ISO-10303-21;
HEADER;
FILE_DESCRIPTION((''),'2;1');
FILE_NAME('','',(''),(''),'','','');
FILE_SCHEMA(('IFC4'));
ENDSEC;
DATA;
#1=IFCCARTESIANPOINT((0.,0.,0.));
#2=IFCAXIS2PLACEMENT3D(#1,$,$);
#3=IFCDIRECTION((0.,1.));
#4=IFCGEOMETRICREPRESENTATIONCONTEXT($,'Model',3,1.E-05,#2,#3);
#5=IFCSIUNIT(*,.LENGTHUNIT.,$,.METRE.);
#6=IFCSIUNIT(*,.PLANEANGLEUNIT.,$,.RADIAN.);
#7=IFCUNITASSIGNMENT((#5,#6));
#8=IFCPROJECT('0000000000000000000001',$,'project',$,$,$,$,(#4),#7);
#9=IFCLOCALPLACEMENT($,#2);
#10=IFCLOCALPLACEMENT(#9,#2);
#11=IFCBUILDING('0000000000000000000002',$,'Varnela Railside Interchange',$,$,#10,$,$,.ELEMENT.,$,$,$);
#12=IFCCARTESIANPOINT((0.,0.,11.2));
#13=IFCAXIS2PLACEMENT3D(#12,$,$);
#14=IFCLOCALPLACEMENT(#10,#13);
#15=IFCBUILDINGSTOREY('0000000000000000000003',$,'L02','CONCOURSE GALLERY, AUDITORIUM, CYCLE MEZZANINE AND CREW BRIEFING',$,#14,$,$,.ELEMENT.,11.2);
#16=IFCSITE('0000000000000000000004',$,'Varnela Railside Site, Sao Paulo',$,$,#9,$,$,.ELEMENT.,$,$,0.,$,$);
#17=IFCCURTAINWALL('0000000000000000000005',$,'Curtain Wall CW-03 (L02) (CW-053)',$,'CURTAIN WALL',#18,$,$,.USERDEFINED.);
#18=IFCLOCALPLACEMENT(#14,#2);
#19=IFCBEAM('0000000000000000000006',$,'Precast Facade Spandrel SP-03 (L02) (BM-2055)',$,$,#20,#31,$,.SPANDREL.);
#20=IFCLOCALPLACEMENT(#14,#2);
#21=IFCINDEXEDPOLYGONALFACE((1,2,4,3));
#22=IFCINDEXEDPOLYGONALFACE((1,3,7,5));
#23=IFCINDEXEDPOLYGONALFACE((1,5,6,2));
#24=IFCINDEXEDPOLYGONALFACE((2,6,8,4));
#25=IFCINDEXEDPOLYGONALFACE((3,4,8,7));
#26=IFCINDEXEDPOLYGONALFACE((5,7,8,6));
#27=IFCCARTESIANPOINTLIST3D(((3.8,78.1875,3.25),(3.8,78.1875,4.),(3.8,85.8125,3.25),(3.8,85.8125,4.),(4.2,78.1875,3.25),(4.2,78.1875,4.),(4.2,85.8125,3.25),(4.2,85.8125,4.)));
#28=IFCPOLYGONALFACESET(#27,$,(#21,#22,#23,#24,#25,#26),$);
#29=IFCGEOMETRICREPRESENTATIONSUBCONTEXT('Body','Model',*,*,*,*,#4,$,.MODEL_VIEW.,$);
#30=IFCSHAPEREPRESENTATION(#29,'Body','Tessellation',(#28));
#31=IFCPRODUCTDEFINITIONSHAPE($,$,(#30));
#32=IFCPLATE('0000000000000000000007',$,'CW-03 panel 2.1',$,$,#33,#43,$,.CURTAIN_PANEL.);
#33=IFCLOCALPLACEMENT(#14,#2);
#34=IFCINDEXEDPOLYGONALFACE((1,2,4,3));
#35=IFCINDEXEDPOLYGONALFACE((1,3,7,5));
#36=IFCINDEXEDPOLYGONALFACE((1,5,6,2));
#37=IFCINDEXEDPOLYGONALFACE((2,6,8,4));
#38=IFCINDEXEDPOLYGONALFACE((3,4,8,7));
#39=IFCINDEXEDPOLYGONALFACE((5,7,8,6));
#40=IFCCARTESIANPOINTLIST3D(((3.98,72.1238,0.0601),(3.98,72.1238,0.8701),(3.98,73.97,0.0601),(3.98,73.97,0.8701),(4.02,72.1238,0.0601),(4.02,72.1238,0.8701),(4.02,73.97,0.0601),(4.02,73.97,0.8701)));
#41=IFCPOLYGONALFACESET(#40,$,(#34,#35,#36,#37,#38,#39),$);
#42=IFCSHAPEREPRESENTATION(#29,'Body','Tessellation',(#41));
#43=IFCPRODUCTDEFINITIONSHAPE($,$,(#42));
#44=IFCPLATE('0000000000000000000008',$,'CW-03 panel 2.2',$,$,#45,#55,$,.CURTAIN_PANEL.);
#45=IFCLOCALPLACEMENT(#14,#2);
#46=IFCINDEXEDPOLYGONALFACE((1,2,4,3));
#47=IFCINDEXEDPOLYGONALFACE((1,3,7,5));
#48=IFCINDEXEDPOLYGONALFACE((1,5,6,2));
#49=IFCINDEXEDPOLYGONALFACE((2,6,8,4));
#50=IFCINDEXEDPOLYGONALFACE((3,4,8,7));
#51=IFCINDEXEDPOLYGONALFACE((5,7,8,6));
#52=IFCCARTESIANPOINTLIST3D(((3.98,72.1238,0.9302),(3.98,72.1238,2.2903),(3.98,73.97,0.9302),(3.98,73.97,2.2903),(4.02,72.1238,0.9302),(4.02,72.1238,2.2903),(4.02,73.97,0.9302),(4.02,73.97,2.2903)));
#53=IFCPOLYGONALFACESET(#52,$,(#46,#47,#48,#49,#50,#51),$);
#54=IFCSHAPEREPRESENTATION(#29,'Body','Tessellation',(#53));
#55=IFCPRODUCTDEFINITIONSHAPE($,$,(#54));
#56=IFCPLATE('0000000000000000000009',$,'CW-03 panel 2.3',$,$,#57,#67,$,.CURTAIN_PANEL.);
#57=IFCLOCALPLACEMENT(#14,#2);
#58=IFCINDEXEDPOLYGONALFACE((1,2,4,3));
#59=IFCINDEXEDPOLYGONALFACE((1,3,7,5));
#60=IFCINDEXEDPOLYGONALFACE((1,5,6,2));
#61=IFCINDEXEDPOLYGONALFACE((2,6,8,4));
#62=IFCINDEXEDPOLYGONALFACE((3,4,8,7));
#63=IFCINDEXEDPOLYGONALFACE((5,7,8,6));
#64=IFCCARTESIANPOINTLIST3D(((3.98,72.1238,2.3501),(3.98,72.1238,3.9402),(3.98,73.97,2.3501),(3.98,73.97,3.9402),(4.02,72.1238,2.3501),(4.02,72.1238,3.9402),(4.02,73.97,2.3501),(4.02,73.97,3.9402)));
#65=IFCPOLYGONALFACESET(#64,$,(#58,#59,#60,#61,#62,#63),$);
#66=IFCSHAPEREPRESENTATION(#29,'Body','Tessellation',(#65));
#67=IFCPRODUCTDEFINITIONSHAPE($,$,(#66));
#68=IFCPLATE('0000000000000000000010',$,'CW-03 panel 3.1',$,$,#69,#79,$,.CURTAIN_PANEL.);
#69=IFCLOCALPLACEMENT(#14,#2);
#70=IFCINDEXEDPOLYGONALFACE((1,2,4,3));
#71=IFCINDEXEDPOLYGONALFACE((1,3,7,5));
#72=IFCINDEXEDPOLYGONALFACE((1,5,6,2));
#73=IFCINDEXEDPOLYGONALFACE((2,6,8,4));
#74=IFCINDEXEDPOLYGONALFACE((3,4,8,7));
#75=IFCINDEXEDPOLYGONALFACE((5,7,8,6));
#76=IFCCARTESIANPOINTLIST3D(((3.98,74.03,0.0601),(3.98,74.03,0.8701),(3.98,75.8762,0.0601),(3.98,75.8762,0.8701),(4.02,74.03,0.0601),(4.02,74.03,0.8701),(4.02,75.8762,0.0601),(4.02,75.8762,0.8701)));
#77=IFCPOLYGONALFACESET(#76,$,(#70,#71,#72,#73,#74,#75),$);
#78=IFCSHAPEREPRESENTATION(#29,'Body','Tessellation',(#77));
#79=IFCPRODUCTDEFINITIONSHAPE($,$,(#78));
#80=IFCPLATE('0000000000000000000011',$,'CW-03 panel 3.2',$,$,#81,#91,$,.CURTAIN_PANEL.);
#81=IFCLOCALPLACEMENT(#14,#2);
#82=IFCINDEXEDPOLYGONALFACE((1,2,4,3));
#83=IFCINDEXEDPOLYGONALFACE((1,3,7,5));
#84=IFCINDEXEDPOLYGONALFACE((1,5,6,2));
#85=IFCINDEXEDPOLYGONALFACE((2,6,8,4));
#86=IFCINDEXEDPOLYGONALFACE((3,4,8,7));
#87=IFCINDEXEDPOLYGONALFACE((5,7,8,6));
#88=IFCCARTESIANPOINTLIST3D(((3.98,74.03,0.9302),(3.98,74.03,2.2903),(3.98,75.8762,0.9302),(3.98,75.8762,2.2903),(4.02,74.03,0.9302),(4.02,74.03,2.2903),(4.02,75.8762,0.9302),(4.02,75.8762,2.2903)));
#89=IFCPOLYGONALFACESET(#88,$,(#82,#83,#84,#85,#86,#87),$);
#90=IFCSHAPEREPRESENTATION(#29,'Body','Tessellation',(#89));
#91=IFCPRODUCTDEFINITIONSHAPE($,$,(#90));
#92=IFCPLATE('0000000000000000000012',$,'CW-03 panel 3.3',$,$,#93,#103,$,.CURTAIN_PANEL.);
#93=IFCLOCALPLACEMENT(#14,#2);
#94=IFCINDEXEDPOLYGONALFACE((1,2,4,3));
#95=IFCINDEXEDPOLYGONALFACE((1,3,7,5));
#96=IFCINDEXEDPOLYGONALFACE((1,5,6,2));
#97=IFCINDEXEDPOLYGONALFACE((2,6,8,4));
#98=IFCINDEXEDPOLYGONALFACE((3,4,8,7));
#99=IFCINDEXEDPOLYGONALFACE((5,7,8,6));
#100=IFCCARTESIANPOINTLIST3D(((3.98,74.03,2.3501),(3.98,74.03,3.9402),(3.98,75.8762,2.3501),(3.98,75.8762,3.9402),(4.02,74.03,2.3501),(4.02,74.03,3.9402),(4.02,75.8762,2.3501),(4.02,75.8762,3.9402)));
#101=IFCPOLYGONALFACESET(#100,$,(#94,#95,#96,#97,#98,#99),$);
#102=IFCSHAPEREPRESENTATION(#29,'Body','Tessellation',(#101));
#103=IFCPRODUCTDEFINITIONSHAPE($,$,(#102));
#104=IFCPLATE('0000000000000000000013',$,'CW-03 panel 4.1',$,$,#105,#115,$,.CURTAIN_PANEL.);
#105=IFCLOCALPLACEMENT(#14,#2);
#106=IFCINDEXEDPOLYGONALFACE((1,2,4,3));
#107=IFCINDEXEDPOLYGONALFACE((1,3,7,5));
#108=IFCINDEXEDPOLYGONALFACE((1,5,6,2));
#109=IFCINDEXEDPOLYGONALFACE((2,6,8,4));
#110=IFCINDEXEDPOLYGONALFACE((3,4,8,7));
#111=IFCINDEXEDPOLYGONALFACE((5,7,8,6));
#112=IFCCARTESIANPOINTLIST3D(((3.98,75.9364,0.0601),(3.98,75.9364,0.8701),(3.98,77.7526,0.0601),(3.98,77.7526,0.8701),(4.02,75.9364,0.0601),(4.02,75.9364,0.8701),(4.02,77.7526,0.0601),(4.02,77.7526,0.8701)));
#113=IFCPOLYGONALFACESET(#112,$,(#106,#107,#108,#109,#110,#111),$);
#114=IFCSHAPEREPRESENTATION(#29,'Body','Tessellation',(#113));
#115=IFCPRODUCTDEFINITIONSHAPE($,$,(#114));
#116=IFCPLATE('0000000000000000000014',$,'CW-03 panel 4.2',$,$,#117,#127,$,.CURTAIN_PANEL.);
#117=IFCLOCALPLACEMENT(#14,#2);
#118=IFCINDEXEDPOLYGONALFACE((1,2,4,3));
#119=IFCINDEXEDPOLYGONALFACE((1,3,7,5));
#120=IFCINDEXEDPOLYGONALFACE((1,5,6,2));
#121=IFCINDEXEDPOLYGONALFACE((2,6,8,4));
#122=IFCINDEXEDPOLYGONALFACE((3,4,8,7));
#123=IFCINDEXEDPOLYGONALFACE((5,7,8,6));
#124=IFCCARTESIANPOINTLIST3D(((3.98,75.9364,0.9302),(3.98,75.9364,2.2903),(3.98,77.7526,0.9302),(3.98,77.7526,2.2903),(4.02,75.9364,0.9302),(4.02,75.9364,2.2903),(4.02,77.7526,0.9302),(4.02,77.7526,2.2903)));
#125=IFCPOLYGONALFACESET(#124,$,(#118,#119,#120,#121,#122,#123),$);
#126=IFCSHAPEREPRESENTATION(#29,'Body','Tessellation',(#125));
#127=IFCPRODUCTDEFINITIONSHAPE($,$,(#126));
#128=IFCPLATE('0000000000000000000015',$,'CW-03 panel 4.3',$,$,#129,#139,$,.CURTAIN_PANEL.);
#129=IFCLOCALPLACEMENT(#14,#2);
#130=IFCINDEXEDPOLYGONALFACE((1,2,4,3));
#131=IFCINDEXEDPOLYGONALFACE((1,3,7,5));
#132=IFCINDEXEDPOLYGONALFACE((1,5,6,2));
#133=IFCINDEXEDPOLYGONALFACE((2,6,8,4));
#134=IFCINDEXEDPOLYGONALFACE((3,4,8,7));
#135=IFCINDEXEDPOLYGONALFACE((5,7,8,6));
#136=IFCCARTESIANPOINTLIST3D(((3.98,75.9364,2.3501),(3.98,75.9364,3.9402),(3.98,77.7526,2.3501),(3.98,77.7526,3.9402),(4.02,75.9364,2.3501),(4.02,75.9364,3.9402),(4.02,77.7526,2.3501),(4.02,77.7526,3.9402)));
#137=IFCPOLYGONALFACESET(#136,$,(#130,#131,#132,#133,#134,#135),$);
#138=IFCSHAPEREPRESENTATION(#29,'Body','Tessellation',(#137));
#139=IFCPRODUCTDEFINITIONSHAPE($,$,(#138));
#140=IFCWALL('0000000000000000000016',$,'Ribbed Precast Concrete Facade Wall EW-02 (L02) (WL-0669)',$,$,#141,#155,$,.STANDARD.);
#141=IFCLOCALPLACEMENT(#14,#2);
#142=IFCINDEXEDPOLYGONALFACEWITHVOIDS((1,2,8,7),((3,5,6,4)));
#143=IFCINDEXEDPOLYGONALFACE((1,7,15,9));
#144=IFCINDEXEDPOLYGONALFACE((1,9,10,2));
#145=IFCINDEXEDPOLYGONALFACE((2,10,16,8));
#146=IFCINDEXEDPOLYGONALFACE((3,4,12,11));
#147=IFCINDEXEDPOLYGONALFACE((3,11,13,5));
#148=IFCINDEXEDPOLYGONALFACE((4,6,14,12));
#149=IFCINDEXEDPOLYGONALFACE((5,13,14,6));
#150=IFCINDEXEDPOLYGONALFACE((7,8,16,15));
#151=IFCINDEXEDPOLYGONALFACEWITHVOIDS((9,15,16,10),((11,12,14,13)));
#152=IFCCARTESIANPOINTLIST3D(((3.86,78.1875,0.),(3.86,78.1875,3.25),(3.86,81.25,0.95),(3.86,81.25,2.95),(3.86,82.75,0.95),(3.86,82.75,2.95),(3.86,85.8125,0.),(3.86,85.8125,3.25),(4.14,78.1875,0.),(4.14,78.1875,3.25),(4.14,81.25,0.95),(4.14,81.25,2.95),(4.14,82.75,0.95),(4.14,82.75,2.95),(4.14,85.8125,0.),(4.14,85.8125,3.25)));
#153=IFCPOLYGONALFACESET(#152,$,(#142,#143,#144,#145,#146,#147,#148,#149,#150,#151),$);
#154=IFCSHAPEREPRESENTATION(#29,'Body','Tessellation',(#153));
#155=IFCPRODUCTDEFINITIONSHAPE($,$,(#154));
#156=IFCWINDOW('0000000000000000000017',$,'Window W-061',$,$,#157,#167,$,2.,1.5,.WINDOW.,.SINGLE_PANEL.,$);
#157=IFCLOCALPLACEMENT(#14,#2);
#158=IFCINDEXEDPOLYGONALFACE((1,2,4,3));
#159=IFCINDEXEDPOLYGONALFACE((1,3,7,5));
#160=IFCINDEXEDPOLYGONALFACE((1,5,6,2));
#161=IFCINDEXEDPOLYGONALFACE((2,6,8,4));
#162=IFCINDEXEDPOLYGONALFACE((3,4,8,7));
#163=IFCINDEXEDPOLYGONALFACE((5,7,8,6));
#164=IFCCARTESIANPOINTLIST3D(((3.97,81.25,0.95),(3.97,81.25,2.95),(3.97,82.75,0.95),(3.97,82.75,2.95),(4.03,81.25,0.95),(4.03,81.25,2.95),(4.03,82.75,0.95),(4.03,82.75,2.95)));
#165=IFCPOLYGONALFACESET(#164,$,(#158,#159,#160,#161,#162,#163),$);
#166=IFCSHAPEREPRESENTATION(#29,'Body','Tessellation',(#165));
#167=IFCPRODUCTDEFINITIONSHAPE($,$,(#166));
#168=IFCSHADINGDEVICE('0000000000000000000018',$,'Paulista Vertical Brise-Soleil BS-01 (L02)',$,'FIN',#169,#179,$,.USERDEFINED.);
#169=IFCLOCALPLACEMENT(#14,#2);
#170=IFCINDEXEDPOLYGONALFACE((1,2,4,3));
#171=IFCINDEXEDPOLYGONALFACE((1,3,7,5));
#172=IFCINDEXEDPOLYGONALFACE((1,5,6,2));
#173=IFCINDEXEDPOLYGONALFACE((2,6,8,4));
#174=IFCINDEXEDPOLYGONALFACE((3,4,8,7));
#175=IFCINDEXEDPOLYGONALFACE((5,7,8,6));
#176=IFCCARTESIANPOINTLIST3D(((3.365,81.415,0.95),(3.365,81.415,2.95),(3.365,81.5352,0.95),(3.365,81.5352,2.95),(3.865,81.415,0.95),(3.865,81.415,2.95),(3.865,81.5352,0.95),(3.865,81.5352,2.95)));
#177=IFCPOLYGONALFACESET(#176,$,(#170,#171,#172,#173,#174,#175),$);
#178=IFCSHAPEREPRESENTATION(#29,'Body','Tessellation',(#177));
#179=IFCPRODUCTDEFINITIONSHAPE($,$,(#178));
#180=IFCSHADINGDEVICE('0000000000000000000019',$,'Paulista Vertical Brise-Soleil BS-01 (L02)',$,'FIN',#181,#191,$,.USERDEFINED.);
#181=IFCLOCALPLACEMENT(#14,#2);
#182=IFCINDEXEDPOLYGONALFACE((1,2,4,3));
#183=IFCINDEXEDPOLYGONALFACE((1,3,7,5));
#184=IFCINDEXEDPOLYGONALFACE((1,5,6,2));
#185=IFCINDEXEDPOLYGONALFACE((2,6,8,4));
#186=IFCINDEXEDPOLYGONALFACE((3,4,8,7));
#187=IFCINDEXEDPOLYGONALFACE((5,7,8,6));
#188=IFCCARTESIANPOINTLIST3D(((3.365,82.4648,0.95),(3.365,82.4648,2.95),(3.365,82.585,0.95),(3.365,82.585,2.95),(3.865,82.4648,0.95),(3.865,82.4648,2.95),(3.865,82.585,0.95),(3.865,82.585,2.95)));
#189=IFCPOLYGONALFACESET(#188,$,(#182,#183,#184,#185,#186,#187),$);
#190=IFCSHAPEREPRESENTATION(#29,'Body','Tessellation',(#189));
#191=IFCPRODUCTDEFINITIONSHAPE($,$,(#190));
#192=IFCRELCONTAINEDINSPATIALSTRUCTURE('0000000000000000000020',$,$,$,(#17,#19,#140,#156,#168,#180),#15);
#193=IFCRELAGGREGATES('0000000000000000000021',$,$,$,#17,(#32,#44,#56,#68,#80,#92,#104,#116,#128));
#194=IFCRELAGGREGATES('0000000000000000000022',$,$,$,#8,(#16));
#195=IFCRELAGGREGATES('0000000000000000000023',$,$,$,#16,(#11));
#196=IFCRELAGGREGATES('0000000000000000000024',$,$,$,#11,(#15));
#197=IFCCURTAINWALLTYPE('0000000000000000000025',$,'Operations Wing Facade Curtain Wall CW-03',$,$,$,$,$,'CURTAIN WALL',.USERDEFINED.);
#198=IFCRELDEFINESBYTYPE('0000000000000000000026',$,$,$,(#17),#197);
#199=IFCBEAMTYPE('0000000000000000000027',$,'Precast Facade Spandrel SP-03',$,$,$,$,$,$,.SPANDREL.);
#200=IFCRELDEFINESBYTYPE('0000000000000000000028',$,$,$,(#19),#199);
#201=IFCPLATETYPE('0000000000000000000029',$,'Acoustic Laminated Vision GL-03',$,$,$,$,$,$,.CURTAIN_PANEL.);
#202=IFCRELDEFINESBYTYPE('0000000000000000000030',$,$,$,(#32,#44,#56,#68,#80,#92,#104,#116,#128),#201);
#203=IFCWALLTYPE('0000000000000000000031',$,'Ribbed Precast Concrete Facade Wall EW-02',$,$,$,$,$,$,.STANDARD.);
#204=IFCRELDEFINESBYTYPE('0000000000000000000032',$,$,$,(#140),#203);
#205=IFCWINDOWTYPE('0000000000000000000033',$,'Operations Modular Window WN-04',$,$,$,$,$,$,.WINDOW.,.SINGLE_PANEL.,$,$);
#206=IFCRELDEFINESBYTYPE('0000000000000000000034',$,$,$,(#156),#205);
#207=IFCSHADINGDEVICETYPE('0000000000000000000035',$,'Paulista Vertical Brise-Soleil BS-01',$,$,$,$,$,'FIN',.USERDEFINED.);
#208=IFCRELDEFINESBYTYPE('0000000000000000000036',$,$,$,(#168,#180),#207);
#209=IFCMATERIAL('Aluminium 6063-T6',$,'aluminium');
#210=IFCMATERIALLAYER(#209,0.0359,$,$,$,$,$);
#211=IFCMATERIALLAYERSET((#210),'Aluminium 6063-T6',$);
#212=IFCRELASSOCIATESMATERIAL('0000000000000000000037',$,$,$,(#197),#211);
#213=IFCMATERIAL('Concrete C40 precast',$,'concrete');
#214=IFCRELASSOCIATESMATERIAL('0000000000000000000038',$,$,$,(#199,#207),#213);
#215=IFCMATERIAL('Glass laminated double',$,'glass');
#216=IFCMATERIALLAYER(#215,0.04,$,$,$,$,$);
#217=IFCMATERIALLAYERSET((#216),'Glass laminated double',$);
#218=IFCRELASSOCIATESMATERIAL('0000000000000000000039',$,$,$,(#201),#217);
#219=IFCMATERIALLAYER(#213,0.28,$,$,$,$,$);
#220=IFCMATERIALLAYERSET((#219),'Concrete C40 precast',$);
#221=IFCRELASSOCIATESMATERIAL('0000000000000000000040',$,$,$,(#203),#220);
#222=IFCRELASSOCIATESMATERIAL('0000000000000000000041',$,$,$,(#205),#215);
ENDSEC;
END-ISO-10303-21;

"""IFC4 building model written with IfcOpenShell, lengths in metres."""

from ifc_helpers import new_model, si_unit, direction, frame, frame_2d, origin, origin_2d, place, context, subcontext, project, spatial, rectangle, extrude, material, layer, layer_set, material_profile, profile_set, type_object, element, fill, aggregate, save


model = new_model("IFC4")

# Units and contexts
model_context = context("Model", 3, precision=1e-05, world=origin(), true_north=direction((0.0, 1.0)))
body_context = subcontext(model_context, "Body", "Model", "MODEL_VIEW")
ifc_project = project(units=[si_unit("LENGTHUNIT", "METRE"), si_unit("PLANEANGLEUNIT", "RADIAN")], contexts=[model_context])

# Site, building, storey
site_placement = place(None, origin())
site = spatial("IfcSite", under=ifc_project, at=site_placement, Name="Varnela Railside Site, Sao Paulo", CompositionType="ELEMENT", RefElevation=0.0)
building_placement = place(site_placement, origin())
building = spatial("IfcBuilding", under=site, at=building_placement, Name="Varnela Railside Interchange", CompositionType="ELEMENT")
storey_placement = place(building_placement, frame((0.0, 0.0, 11.2)))
storey = spatial("IfcBuildingStorey", under=building, at=storey_placement, Name="L02", Description="CONCOURSE GALLERY, AUDITORIUM, CYCLE MEZZANINE AND CREW BRIEFING", CompositionType="ELEMENT", Elevation=11.2)

# Curtain wall
ifc_material_1 = material(Name="Aluminium 6063-T6", Category="aluminium")
ifc_layer_1 = layer(ifc_material_1, 0.0359)
ifc_layer_set_1 = layer_set([ifc_layer_1], Name="Aluminium 6063-T6")
curtain_wall_type = type_object("IfcCurtainWallType", Name="Operations Wing Facade Curtain Wall CW-03", ElementType="CURTAIN WALL", PredefinedType="USERDEFINED", material=ifc_layer_set_1)
curtain_wall_placement = place(storey_placement, origin())
curtain_wall = element("IfcCurtainWall", 1, at=curtain_wall_placement, inside=storey, type_object=curtain_wall_type, Name="Curtain Wall CW-03 (L02) (CW-053)", ObjectType="CURTAIN WALL", PredefinedType="USERDEFINED")

# Beam
ifc_material_2 = material(Name="Concrete C40 precast", Category="concrete")
ifc_material_profile_1 = material_profile(ifc_material_2, rectangle(XDim=0.3999, YDim=0.75, at=origin_2d()), Name="PC 400x750")
ifc_profile_set_1 = profile_set([ifc_material_profile_1], Name="Concrete C40 precast")
beam_type = type_object("IfcBeamType", Name="Precast Facade Spandrel SP-03", PredefinedType="SPANDREL", material=ifc_profile_set_1)
beam_placement = place(storey_placement, frame((4.0, 78.1875, 3.625), z_axis=(0.0, 1.0, 0.0), x_axis=(-1.0, 0.0, 0.0)))
element("IfcBeam", 2, at=beam_placement, inside=storey, type_object=beam_type, Name="Precast Facade Spandrel SP-03 (L02) (BM-2055)", PredefinedType="SPANDREL", context=body_context, shape_type="SweptSolid", body=[
    extrude(rectangle(XDim=0.3999, YDim=0.75, at=origin_2d()), origin(), (0.0, 0.0, 1.0), 7.625),
])

# Plates
ifc_material_3 = material(Name="Glass laminated double", Category="glass")
ifc_layer_2 = layer(ifc_material_3, 0.04)
ifc_layer_set_2 = layer_set([ifc_layer_2], Name="Glass laminated double")
plate_type = type_object("IfcPlateType", Name="Acoustic Laminated Vision GL-03", PredefinedType="CURTAIN_PANEL", material=ifc_layer_set_2)
plate_1_placement = place(storey_placement, frame((4.0, 73.0469, 0.0601), z_axis=(0.0, 0.0, 1.0), x_axis=(0.0, 1.0, 0.0)))
plate_1 = element("IfcPlate", 3, at=plate_1_placement, type_object=plate_type, Name="CW-03 panel 2.1", PredefinedType="CURTAIN_PANEL", context=body_context, shape_type="SweptSolid", body=[
    extrude(rectangle(XDim=1.8462, YDim=0.04, at=origin_2d()), origin(), (0.0, 0.0, 1.0), 0.8101),
])
plate_2_placement = place(storey_placement, frame((4.0, 73.0469, 0.9302), z_axis=(0.0, 0.0, 1.0), x_axis=(0.0, 1.0, 0.0)))
plate_2 = element("IfcPlate", 4, at=plate_2_placement, type_object=plate_type, Name="CW-03 panel 2.2", PredefinedType="CURTAIN_PANEL", context=body_context, shape_type="SweptSolid", body=[
    extrude(rectangle(XDim=1.8462, YDim=0.04, at=origin_2d()), origin(), (0.0, 0.0, 1.0), 1.3601),
])
plate_3_placement = place(storey_placement, frame((4.0, 73.0469, 2.3501), z_axis=(0.0, 0.0, 1.0), x_axis=(0.0, 1.0, 0.0)))
plate_3 = element("IfcPlate", 5, at=plate_3_placement, type_object=plate_type, Name="CW-03 panel 2.3", PredefinedType="CURTAIN_PANEL", context=body_context, shape_type="SweptSolid", body=[
    extrude(rectangle(XDim=1.8462, YDim=0.04, at=origin_2d()), origin(), (0.0, 0.0, 1.0), 1.5901),
])
plate_4_placement = place(storey_placement, frame((4.0, 74.9531, 0.0601), z_axis=(0.0, 0.0, 1.0), x_axis=(0.0, 1.0, 0.0)))
plate_4 = element("IfcPlate", 6, at=plate_4_placement, type_object=plate_type, Name="CW-03 panel 3.1", PredefinedType="CURTAIN_PANEL", context=body_context, shape_type="SweptSolid", body=[
    extrude(rectangle(XDim=1.8462, YDim=0.04, at=origin_2d()), origin(), (0.0, 0.0, 1.0), 0.8101),
])
plate_5_placement = place(storey_placement, frame((4.0, 74.9531, 0.9302), z_axis=(0.0, 0.0, 1.0), x_axis=(0.0, 1.0, 0.0)))
plate_5 = element("IfcPlate", 7, at=plate_5_placement, type_object=plate_type, Name="CW-03 panel 3.2", PredefinedType="CURTAIN_PANEL", context=body_context, shape_type="SweptSolid", body=[
    extrude(rectangle(XDim=1.8462, YDim=0.04, at=origin_2d()), origin(), (0.0, 0.0, 1.0), 1.3601),
])
plate_6_placement = place(storey_placement, frame((4.0, 74.9531, 2.3501), z_axis=(0.0, 0.0, 1.0), x_axis=(0.0, 1.0, 0.0)))
plate_6 = element("IfcPlate", 8, at=plate_6_placement, type_object=plate_type, Name="CW-03 panel 3.3", PredefinedType="CURTAIN_PANEL", context=body_context, shape_type="SweptSolid", body=[
    extrude(rectangle(XDim=1.8462, YDim=0.04, at=origin_2d()), origin(), (0.0, 0.0, 1.0), 1.5901),
])
plate_7_placement = place(storey_placement, frame((4.0, 76.8445, 0.0601), z_axis=(0.0, 0.0, 1.0), x_axis=(0.0, 1.0, 0.0)))
plate_7 = element("IfcPlate", 9, at=plate_7_placement, type_object=plate_type, Name="CW-03 panel 4.1", PredefinedType="CURTAIN_PANEL", context=body_context, shape_type="SweptSolid", body=[
    extrude(rectangle(XDim=1.8162, YDim=0.04, at=origin_2d()), origin(), (0.0, 0.0, 1.0), 0.8101),
])
plate_8_placement = place(storey_placement, frame((4.0, 76.8445, 0.9302), z_axis=(0.0, 0.0, 1.0), x_axis=(0.0, 1.0, 0.0)))
plate_8 = element("IfcPlate", 10, at=plate_8_placement, type_object=plate_type, Name="CW-03 panel 4.2", PredefinedType="CURTAIN_PANEL", context=body_context, shape_type="SweptSolid", body=[
    extrude(rectangle(XDim=1.8162, YDim=0.04, at=origin_2d()), origin(), (0.0, 0.0, 1.0), 1.3601),
])
plate_9_placement = place(storey_placement, frame((4.0, 76.8445, 2.3501), z_axis=(0.0, 0.0, 1.0), x_axis=(0.0, 1.0, 0.0)))
plate_9 = element("IfcPlate", 11, at=plate_9_placement, type_object=plate_type, Name="CW-03 panel 4.3", PredefinedType="CURTAIN_PANEL", context=body_context, shape_type="SweptSolid", body=[
    extrude(rectangle(XDim=1.8162, YDim=0.04, at=origin_2d()), origin(), (0.0, 0.0, 1.0), 1.5901),
])
aggregate(curtain_wall, [plate_1, plate_2, plate_3, plate_4, plate_5, plate_6, plate_7, plate_8, plate_9])

# Wall, opening, window
ifc_layer_3 = layer(ifc_material_2, 0.28)
ifc_layer_set_3 = layer_set([ifc_layer_3], Name="Concrete C40 precast")
wall_type = type_object("IfcWallType", Name="Ribbed Precast Concrete Facade Wall EW-02", PredefinedType="STANDARD", material=ifc_layer_set_3)
wall_placement = place(storey_placement, frame((4.0, 78.1875, 0.0), z_axis=(0.0, 0.0, 1.0), x_axis=(0.0, 1.0, 0.0)))
wall = element("IfcWall", 12, at=wall_placement, inside=storey, type_object=wall_type, Name="Ribbed Precast Concrete Facade Wall EW-02 (L02) (WL-0669)", PredefinedType="STANDARD", context=body_context, shape_type="SweptSolid", body=[
    extrude(rectangle(XDim=7.625, YDim=0.28, at=frame_2d((3.8125, 0.0))), origin(), (0.0, 0.0, 1.0), 3.25),
])
opening_placement = place(wall_placement, frame((3.0625, 0.0, 0.95)))
opening = element("IfcOpeningElement", 13, at=opening_placement, cuts=wall, PredefinedType="OPENING", context=body_context, shape_type="SweptSolid", body=[
    extrude(rectangle(XDim=1.5, YDim=2.0, at=frame_2d((0.75, 1.0))), frame((0.0, 0.1499, 0.0), z_axis=(0.0, -1.0, 0.0), x_axis=(1.0, 0.0, 0.0)), (0.0, 0.0, 1.0), 0.3),
])
window_type = type_object("IfcWindowType", Name="Operations Modular Window WN-04", PartitioningType="SINGLE_PANEL", PredefinedType="WINDOW", material=ifc_material_3)
window_placement = place(opening_placement, origin())
window = element("IfcWindow", 14, at=window_placement, inside=storey, type_object=window_type, Name="Window W-061", OverallHeight=2.0, OverallWidth=1.5, PartitioningType="SINGLE_PANEL", PredefinedType="WINDOW", context=body_context, shape_type="SweptSolid", body=[
    extrude(rectangle(XDim=1.5, YDim=2.0, at=frame_2d((0.75, 1.0))), frame((0.0, 0.03, 0.0), z_axis=(0.0, -1.0, 0.0), x_axis=(1.0, 0.0, 0.0)), (0.0, 0.0, 1.0), 0.0601),
])
fill(opening, window)

# Shading devices
shading_device_type = type_object("IfcShadingDeviceType", Name="Paulista Vertical Brise-Soleil BS-01", ElementType="FIN", PredefinedType="USERDEFINED", material=ifc_material_2)
for number, where, z_axis, x_axis, name in (
    (15, (3.615, 81.4751, 0.95), (0.0, 0.0, 1.0), (-1.0, 0.0, 0.0), "Paulista Vertical Brise-Soleil BS-01 (L02)"),
    (16, (3.615, 82.5249, 0.95), (0.0, 0.0, 1.0), (-1.0, 0.0, 0.0), "Paulista Vertical Brise-Soleil BS-01 (L02)"),
):
    element("IfcShadingDevice", number, at=place(storey_placement, frame(where, z_axis=z_axis, x_axis=x_axis)), inside=storey, type_object=shading_device_type, Name=name, ObjectType="FIN", PredefinedType="USERDEFINED", context=body_context, shape_type="SweptSolid", body=[
        extrude(rectangle(XDim=0.5, YDim=0.1201, at=origin_2d()), origin(), (0.0, 0.0, 1.0), 2.0),
    ])

save(model, "model.ifc")
